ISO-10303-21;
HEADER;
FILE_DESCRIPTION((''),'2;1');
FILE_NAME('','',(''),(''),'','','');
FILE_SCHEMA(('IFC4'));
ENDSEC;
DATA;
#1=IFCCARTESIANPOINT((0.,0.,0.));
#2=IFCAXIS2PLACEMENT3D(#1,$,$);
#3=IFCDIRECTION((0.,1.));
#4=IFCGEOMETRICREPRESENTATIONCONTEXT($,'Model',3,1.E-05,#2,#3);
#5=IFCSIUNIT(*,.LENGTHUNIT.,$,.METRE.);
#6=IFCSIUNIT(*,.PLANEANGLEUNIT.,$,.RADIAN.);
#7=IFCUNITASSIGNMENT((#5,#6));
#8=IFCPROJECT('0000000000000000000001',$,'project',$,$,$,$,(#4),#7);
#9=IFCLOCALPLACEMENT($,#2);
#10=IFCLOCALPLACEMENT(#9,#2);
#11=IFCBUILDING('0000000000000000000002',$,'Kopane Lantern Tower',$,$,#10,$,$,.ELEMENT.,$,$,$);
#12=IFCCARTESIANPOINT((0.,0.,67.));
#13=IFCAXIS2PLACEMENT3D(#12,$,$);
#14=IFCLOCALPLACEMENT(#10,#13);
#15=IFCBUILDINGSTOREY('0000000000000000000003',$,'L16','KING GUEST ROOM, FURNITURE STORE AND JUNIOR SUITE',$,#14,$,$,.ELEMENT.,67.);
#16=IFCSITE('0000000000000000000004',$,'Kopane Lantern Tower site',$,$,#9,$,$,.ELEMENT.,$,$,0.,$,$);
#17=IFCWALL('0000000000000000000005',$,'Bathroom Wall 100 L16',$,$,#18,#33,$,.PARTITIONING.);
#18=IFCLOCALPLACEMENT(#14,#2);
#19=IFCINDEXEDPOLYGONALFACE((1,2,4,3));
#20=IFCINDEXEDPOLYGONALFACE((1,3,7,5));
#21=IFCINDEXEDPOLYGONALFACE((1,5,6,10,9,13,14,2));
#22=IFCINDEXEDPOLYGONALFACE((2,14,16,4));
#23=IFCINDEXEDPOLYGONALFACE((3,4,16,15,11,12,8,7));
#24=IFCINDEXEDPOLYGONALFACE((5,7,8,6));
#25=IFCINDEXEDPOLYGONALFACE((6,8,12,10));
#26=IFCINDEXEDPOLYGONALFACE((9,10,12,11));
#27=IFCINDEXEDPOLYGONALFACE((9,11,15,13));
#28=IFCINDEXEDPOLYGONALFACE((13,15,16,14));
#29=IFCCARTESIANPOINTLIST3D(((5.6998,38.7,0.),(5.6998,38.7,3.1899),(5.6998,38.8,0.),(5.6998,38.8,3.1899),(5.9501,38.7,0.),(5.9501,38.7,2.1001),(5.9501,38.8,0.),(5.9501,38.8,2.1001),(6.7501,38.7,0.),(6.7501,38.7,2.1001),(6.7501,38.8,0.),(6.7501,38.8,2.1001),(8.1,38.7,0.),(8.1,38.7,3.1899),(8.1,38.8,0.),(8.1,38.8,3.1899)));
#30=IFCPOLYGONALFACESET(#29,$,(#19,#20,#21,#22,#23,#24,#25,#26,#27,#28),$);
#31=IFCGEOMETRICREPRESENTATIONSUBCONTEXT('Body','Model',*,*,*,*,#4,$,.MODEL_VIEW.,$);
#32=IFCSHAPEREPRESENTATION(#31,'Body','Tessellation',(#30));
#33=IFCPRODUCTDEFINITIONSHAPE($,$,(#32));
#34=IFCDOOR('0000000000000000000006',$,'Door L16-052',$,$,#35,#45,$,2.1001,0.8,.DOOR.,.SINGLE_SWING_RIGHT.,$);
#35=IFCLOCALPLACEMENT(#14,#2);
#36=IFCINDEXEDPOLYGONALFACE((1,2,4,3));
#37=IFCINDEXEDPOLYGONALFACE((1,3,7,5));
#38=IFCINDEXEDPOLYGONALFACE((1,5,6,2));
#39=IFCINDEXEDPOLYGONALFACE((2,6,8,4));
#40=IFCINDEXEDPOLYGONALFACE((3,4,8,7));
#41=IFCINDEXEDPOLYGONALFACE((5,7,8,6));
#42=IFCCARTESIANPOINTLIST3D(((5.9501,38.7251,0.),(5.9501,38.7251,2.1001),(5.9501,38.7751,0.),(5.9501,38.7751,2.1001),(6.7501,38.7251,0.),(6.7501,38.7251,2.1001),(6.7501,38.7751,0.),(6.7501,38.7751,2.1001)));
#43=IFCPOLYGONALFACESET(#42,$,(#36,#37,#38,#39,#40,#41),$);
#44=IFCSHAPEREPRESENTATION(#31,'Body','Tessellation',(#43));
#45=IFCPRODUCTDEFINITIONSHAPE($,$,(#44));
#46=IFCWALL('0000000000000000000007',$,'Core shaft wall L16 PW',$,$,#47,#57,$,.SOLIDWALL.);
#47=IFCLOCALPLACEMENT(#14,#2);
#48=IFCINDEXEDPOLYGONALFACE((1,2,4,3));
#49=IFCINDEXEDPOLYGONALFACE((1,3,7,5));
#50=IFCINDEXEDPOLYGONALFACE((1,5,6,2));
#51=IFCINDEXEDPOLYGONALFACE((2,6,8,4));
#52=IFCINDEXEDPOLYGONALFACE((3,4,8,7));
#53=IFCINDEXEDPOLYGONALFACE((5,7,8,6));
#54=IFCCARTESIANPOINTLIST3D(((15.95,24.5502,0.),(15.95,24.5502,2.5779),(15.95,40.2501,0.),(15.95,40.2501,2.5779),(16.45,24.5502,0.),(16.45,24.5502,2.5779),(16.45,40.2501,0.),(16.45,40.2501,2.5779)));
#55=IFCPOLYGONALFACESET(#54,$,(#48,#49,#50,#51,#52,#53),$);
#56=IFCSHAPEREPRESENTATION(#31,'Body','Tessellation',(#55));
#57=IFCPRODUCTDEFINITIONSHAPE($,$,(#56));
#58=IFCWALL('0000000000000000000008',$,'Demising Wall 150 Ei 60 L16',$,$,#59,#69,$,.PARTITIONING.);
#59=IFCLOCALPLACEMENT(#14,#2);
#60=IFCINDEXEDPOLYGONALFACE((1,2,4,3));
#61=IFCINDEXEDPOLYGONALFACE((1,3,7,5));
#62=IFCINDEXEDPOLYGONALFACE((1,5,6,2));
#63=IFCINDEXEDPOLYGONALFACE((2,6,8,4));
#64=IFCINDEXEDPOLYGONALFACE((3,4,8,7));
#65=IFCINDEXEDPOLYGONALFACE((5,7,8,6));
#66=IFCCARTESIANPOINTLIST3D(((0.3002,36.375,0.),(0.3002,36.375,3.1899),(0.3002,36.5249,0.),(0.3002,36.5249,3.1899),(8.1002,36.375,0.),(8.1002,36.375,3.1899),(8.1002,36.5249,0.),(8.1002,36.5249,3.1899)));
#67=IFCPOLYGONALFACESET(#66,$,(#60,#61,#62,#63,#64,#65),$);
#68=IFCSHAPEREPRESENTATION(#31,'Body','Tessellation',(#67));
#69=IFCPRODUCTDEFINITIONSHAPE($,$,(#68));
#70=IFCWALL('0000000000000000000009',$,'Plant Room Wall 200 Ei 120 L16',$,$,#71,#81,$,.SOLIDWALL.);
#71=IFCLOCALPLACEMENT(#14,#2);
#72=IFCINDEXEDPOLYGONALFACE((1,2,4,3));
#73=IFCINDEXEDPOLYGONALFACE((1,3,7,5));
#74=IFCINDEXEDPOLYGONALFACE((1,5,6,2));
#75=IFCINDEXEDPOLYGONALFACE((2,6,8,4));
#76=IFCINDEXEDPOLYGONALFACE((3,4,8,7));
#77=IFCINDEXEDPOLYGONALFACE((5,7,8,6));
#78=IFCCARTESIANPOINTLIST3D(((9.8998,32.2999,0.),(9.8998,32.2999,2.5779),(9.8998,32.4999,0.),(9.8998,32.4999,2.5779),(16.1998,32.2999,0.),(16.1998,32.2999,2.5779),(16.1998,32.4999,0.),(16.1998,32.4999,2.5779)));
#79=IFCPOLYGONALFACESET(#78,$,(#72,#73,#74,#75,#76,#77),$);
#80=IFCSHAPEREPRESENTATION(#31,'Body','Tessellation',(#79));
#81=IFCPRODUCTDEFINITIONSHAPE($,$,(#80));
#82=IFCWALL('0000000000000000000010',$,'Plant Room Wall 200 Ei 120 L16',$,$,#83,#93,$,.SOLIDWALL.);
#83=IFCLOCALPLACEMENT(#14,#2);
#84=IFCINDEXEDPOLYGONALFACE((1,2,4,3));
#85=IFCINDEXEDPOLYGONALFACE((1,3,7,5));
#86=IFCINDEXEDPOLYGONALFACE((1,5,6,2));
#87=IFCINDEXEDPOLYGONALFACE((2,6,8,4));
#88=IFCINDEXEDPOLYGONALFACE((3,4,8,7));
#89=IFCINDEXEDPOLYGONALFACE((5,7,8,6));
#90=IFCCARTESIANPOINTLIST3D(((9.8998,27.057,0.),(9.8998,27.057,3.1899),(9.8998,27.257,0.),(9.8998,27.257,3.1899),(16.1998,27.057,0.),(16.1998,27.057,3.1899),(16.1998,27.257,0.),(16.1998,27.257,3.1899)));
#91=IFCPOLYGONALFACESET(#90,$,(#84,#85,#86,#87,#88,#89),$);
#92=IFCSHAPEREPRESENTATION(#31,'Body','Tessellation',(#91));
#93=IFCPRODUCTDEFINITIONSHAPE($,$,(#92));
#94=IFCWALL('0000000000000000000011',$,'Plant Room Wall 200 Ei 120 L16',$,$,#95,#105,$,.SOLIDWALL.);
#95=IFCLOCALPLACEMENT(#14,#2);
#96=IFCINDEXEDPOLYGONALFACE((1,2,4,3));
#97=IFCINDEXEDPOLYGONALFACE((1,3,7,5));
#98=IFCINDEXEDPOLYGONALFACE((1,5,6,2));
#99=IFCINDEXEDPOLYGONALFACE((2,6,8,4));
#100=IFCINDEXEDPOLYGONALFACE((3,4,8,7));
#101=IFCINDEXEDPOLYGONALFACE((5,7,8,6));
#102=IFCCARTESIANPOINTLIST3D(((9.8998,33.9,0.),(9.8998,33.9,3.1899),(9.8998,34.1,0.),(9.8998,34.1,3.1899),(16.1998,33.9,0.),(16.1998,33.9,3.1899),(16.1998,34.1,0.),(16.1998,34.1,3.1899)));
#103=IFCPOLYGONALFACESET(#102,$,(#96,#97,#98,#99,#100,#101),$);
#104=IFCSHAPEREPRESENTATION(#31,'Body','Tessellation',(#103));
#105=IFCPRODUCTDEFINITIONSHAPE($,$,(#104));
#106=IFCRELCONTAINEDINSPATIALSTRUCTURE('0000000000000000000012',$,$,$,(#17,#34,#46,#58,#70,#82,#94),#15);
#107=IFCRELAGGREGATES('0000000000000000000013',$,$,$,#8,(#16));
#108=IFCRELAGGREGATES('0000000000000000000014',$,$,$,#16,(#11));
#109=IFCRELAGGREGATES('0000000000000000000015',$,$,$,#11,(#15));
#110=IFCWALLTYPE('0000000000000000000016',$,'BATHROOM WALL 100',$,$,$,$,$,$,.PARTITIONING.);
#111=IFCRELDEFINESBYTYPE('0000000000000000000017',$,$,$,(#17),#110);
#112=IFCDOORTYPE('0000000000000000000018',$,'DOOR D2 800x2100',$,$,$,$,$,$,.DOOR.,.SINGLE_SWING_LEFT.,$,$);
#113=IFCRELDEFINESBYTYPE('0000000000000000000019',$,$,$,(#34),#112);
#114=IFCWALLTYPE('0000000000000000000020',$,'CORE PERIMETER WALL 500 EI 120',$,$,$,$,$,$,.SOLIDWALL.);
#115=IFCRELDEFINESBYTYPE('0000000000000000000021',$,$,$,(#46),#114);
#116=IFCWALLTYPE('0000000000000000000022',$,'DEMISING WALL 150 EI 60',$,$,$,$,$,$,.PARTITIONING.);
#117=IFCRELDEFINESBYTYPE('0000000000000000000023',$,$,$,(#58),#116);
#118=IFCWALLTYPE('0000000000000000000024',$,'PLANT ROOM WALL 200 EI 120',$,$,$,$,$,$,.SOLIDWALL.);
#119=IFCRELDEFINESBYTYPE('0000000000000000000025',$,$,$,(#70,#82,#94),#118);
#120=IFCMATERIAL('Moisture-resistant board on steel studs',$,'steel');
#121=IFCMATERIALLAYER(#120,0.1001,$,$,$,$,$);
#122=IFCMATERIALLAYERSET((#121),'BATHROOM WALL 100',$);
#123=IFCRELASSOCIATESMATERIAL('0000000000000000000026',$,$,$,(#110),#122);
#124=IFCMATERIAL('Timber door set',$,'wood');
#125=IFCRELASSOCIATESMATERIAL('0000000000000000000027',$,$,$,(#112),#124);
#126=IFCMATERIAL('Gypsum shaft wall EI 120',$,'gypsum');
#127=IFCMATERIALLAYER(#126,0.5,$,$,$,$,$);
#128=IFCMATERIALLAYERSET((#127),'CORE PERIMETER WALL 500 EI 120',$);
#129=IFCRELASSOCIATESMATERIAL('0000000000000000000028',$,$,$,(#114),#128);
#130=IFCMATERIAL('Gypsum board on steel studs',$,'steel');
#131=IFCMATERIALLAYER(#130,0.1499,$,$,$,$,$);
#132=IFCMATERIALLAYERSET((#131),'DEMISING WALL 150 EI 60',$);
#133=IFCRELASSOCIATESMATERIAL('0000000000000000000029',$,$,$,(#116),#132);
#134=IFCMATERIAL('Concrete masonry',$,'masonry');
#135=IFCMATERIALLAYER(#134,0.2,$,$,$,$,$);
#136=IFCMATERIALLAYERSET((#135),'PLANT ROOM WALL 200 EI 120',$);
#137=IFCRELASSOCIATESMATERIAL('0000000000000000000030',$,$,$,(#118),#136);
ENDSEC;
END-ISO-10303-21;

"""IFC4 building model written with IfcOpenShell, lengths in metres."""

from ifc_helpers import new_model, si_unit, direction, frame, frame_2d, origin, place, context, subcontext, project, spatial, rectangle, extrude, material, layer, layer_set, type_object, element, fill, save


model = new_model("IFC4")

# Units and contexts
model_context = context("Model", 3, precision=1e-05, world=origin(), true_north=direction((0.0, 1.0)))
body_context = subcontext(model_context, "Body", "Model", "MODEL_VIEW")
ifc_project = project(units=[si_unit("LENGTHUNIT", "METRE"), si_unit("PLANEANGLEUNIT", "RADIAN")], contexts=[model_context])

# Site, building, storey
site_placement = place(None, origin())
site = spatial("IfcSite", under=ifc_project, at=site_placement, Name="Kopane Lantern Tower site", CompositionType="ELEMENT", RefElevation=0.0)
building_placement = place(site_placement, origin())
building = spatial("IfcBuilding", under=site, at=building_placement, Name="Kopane Lantern Tower", CompositionType="ELEMENT")
storey_placement = place(building_placement, frame((0.0, 0.0, 67.0)))
storey = spatial("IfcBuildingStorey", under=building, at=storey_placement, Name="L16", Description="KING GUEST ROOM, FURNITURE STORE AND JUNIOR SUITE", CompositionType="ELEMENT", Elevation=67.0)

# Shared definitions
ifc_material_1 = material(Name="Moisture-resistant board on steel studs", Category="steel")
ifc_layer_1 = layer(ifc_material_1, 0.1001)
ifc_layer_set_1 = layer_set([ifc_layer_1], Name="BATHROOM WALL 100")
wall_type_1 = type_object("IfcWallType", Name="BATHROOM WALL 100", PredefinedType="PARTITIONING", material=ifc_layer_set_1)

# Wall, opening, door
wall_1_placement = place(storey_placement, frame((8.1001, 38.75, 0.0), z_axis=(0.0, 0.0, 1.0), x_axis=(-1.0, 0.0, 0.0)))
wall_1 = element("IfcWall", 1, at=wall_1_placement, inside=storey, type_object=wall_type_1, Name="Bathroom Wall 100 L16", PredefinedType="PARTITIONING", context=body_context, shape_type="SweptSolid", body=[
    extrude(rectangle(XDim=2.4001, YDim=0.1001, at=frame_2d((1.2002, 0.0))), origin(), (0.0, 0.0, 1.0), 3.1899),
])
opening_placement = place(wall_1_placement, frame((1.3501, 0.0, 0.0)))
opening = element("IfcOpeningElement", 2, at=opening_placement, cuts=wall_1, PredefinedType="OPENING", context=body_context, shape_type="SweptSolid", body=[
    extrude(rectangle(XDim=0.8, YDim=2.1001, at=frame_2d((0.3999, 1.05))), frame((0.0, 0.0601, 0.0), z_axis=(0.0, -1.0, 0.0), x_axis=(1.0, 0.0, 0.0)), (0.0, 0.0, 1.0), 0.1201),
])
ifc_material_2 = material(Name="Timber door set", Category="wood")
door_type = type_object("IfcDoorType", Name="DOOR D2 800x2100", OperationType="SINGLE_SWING_LEFT", PredefinedType="DOOR", material=ifc_material_2)
door_placement = place(opening_placement, origin())
door = element("IfcDoor", 3, at=door_placement, inside=storey, type_object=door_type, Name="Door L16-052", OperationType="SINGLE_SWING_RIGHT", OverallHeight=2.1001, OverallWidth=0.8, PredefinedType="DOOR", context=body_context, shape_type="SweptSolid", body=[
    extrude(rectangle(XDim=0.8, YDim=2.1001, at=frame_2d((0.3999, 1.05))), frame((0.0, 0.0249, 0.0), z_axis=(0.0, -1.0, 0.0), x_axis=(1.0, 0.0, 0.0)), (0.0, 0.0, 1.0), 0.05),
])
fill(opening, door)

# Walls
ifc_material_3 = material(Name="Gypsum shaft wall EI 120", Category="gypsum")
ifc_layer_2 = layer(ifc_material_3, 0.5)
ifc_layer_set_2 = layer_set([ifc_layer_2], Name="CORE PERIMETER WALL 500 EI 120")
wall_type_2 = type_object("IfcWallType", Name="CORE PERIMETER WALL 500 EI 120", PredefinedType="SOLIDWALL", material=ifc_layer_set_2)
wall_2_placement = place(storey_placement, frame((16.2, 24.55, 0.0), z_axis=(0.0, 0.0, 1.0), x_axis=(0.0, 1.0, 0.0)))
element("IfcWall", 4, at=wall_2_placement, inside=storey, type_object=wall_type_2, Name="Core shaft wall L16 PW", PredefinedType="SOLIDWALL", context=body_context, shape_type="SweptSolid", body=[
    extrude(rectangle(XDim=15.7, YDim=0.5, at=frame_2d((7.8501, 0.0))), origin(), (0.0, 0.0, 1.0), 2.5779),
])
ifc_material_4 = material(Name="Gypsum board on steel studs", Category="steel")
ifc_layer_3 = layer(ifc_material_4, 0.1499)
ifc_layer_set_3 = layer_set([ifc_layer_3], Name="DEMISING WALL 150 EI 60")
wall_type_3 = type_object("IfcWallType", Name="DEMISING WALL 150 EI 60", PredefinedType="PARTITIONING", material=ifc_layer_set_3)
wall_3_placement = place(storey_placement, frame((8.1001, 36.45, 0.0), z_axis=(0.0, 0.0, 1.0), x_axis=(-1.0, 0.0, 0.0)))
element("IfcWall", 5, at=wall_3_placement, inside=storey, type_object=wall_type_3, Name="Demising Wall 150 Ei 60 L16", PredefinedType="PARTITIONING", context=body_context, shape_type="SweptSolid", body=[
    extrude(rectangle(XDim=7.8, YDim=0.1499, at=frame_2d((3.8999, 0.0))), origin(), (0.0, 0.0, 1.0), 3.1899),
])
ifc_material_5 = material(Name="Concrete masonry", Category="masonry")
ifc_layer_4 = layer(ifc_material_5, 0.2)
ifc_layer_set_4 = layer_set([ifc_layer_4], Name="PLANT ROOM WALL 200 EI 120")
wall_type_4 = type_object("IfcWallType", Name="PLANT ROOM WALL 200 EI 120", PredefinedType="SOLIDWALL", material=ifc_layer_set_4)
wall_4_placement = place(storey_placement, frame((9.8999, 32.3999, 0.0), z_axis=(0.0, 0.0, 1.0), x_axis=(1.0, 0.0, 0.0)))
element("IfcWall", 6, at=wall_4_placement, inside=storey, type_object=wall_type_4, Name="Plant Room Wall 200 Ei 120 L16", PredefinedType="SOLIDWALL", context=body_context, shape_type="SweptSolid", body=[
    extrude(rectangle(XDim=6.3, YDim=0.2, at=frame_2d((3.1499, 0.0))), origin(), (0.0, 0.0, 1.0), 2.5779),
])
for number, where, z_axis, x_axis, name in (
    (7, (9.8999, 27.157, 0.0), (0.0, 0.0, 1.0), (1.0, 0.0, 0.0), "Plant Room Wall 200 Ei 120 L16"),
    (8, (9.8999, 34.0, 0.0), (0.0, 0.0, 1.0), (1.0, 0.0, 0.0), "Plant Room Wall 200 Ei 120 L16"),
):
    element("IfcWall", number, at=place(storey_placement, frame(where, z_axis=z_axis, x_axis=x_axis)), inside=storey, type_object=wall_type_4, Name=name, PredefinedType="SOLIDWALL", context=body_context, shape_type="SweptSolid", body=[
        extrude(rectangle(XDim=6.3, YDim=0.2, at=frame_2d((3.1499, 0.0))), origin(), (0.0, 0.0, 1.0), 3.1899),
    ])

save(model, "model.ifc")
